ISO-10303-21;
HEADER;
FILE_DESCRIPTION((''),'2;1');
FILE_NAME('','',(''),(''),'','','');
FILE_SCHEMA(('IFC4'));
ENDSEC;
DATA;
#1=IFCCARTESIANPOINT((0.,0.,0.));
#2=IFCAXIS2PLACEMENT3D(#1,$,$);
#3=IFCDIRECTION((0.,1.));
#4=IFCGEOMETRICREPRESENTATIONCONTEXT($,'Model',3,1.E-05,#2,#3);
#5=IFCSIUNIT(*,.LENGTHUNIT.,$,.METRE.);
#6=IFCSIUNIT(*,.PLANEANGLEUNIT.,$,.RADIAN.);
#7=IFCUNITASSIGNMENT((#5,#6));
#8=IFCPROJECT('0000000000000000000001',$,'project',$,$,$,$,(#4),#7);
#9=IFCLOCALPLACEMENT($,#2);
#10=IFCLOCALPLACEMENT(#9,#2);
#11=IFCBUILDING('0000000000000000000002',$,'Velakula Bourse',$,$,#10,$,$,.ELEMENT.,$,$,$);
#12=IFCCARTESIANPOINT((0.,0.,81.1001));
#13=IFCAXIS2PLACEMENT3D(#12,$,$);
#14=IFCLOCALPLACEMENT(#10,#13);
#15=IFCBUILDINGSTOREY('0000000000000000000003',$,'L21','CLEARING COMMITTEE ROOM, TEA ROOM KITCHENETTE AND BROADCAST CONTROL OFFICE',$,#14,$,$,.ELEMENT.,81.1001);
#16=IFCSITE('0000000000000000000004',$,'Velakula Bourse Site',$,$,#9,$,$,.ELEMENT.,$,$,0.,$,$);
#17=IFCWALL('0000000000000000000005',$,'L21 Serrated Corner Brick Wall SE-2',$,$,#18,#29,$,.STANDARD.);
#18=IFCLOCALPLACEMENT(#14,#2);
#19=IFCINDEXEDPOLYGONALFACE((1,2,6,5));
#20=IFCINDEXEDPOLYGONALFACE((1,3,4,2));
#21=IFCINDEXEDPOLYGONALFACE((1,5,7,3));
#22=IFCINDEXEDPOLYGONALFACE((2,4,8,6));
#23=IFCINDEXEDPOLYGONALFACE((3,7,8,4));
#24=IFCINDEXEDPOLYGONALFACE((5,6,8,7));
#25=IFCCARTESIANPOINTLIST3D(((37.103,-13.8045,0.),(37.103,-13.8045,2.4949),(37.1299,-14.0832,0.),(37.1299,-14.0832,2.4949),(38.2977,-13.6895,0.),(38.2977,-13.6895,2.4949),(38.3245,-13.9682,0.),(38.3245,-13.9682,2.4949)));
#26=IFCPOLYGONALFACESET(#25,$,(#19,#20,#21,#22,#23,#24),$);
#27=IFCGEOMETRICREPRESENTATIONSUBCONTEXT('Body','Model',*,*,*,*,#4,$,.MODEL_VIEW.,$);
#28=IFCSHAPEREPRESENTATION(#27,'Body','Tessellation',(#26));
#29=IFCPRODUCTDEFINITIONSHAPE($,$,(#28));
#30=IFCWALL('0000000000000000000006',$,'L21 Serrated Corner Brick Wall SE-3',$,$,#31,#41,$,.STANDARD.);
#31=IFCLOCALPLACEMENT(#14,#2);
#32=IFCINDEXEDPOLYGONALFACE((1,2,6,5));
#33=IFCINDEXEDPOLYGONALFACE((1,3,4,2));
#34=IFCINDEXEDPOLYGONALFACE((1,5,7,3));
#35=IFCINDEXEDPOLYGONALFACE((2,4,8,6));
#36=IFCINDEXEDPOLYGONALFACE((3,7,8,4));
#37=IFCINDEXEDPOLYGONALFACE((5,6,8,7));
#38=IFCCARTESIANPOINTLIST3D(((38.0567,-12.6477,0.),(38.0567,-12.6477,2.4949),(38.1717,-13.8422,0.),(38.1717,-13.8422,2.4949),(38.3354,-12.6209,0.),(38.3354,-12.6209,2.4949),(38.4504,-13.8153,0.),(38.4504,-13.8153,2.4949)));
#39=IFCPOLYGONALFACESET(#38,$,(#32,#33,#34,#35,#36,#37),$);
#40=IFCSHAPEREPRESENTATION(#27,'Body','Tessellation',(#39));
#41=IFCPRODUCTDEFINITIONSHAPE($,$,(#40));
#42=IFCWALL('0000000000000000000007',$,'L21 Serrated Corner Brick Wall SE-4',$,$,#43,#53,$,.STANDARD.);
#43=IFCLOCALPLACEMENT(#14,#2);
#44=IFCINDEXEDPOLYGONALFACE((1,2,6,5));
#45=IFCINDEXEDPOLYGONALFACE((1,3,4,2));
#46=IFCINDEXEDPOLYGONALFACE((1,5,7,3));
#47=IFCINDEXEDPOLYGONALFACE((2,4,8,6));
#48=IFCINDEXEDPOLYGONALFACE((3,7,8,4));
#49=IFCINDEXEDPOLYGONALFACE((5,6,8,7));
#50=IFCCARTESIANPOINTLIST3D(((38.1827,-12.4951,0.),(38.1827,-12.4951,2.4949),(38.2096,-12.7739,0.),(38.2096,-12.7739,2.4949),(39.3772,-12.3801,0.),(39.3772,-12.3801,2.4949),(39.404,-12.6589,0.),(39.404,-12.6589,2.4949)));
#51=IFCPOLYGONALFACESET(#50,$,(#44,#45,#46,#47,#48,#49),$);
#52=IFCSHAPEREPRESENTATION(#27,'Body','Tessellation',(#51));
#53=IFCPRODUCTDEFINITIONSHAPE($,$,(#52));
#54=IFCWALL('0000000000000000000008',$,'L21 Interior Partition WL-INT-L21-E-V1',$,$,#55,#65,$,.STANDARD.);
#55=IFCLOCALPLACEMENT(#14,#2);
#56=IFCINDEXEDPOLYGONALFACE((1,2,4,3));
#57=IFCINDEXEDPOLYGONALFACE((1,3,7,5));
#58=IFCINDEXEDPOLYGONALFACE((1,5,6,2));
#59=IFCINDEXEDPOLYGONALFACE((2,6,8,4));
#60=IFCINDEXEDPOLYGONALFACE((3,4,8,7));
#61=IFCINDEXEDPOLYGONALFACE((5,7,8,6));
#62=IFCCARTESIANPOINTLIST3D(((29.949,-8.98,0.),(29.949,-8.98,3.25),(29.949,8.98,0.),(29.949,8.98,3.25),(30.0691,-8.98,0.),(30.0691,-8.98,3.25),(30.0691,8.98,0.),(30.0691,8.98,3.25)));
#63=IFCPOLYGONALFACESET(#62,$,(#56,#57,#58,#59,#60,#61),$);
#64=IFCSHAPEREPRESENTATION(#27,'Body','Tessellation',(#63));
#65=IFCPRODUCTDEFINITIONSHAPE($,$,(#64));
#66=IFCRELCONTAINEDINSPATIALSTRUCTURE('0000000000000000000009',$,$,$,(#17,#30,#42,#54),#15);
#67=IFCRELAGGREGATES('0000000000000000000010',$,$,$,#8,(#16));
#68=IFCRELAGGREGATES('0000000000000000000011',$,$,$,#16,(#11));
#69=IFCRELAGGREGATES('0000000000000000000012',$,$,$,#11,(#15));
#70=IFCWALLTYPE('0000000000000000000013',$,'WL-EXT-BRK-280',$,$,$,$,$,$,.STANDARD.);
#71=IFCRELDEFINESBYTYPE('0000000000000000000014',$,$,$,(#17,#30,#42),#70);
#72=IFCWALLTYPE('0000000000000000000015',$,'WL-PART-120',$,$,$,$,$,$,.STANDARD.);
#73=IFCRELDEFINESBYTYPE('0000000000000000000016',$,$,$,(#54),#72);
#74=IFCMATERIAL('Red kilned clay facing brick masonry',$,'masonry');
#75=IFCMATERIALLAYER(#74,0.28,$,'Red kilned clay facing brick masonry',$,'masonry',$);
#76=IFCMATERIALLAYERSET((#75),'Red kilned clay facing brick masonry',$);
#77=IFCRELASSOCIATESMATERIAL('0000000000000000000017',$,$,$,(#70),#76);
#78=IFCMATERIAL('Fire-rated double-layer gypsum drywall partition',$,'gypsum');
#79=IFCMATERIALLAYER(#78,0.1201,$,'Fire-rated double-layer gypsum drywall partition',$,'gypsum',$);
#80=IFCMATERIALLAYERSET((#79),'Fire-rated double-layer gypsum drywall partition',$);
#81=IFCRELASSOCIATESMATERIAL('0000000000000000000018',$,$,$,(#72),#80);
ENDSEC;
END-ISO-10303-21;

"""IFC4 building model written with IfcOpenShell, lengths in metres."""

from ifc_helpers import new_model, si_unit, direction, frame, frame_2d, origin, place, context, subcontext, project, spatial, rectangle, extrude, material, layer, layer_set, type_object, element, save


model = new_model("IFC4")

# Units and contexts
model_context = context("Model", 3, precision=1e-05, world=origin(), true_north=direction((0.0, 1.0)))
body_context = subcontext(model_context, "Body", "Model", "MODEL_VIEW")
ifc_project = project(units=[si_unit("LENGTHUNIT", "METRE"), si_unit("PLANEANGLEUNIT", "RADIAN")], contexts=[model_context])

# Site, building, storey
site_placement = place(None, origin())
site = spatial("IfcSite", under=ifc_project, at=site_placement, Name="Velakula Bourse Site", CompositionType="ELEMENT", RefElevation=0.0)
building_placement = place(site_placement, origin())
building = spatial("IfcBuilding", under=site, at=building_placement, Name="Velakula Bourse", CompositionType="ELEMENT")
storey_placement = place(building_placement, frame((0.0, 0.0, 81.1001)))
storey = spatial("IfcBuildingStorey", under=building, at=storey_placement, Name="L21", Description="CLEARING COMMITTEE ROOM, TEA ROOM KITCHENETTE AND BROADCAST CONTROL OFFICE", CompositionType="ELEMENT", Elevation=81.1001)

# Shared definitions
ifc_material_1 = material(Name="Red kilned clay facing brick masonry", Category="masonry")
ifc_layer_1 = layer(ifc_material_1, 0.28, Name="Red kilned clay facing brick masonry", Category="masonry")
ifc_layer_set_1 = layer_set([ifc_layer_1], Name="Red kilned clay facing brick masonry")
wall_type_1 = type_object("IfcWallType", Name="WL-EXT-BRK-280", PredefinedType="STANDARD", material=ifc_layer_set_1)

# Walls
for number, where, z_axis, x_axis, name in (
    (1, (37.1165, -13.9438, 0.0), (0.0, 0.0, 1.0), (0.995399, 0.095817, 0.0), "L21 Serrated Corner Brick Wall SE-2"),
):
    element("IfcWall", number, at=place(storey_placement, frame(where, z_axis=z_axis, x_axis=x_axis)), inside=storey, type_object=wall_type_1, Name=name, PredefinedType="STANDARD", context=body_context, shape_type="SweptSolid", body=[
        extrude(rectangle(XDim=1.2002, YDim=0.28, at=frame_2d((0.6001, 0.0))), origin(), (0.0, 0.0, 1.0), 2.4949),
    ])
for number, where, z_axis, x_axis, name in (
    (2, (38.311, -13.8289, 0.0), (0.0, 0.0, 1.0), (-0.095836, 0.995397, 0.0), "L21 Serrated Corner Brick Wall SE-3"),
    (3, (38.196, -12.6345, 0.0), (0.0, 0.0, 1.0), (0.995397, 0.095836, 0.0), "L21 Serrated Corner Brick Wall SE-4"),
):
    element("IfcWall", number, at=place(storey_placement, frame(where, z_axis=z_axis, x_axis=x_axis)), inside=storey, type_object=wall_type_1, Name=name, PredefinedType="STANDARD", context=body_context, shape_type="SweptSolid", body=[
        extrude(rectangle(XDim=1.2, YDim=0.28, at=frame_2d((0.6001, 0.0))), origin(), (0.0, 0.0, 1.0), 2.4949),
    ])
ifc_material_2 = material(Name="Fire-rated double-layer gypsum drywall partition", Category="gypsum")
ifc_layer_2 = layer(ifc_material_2, 0.1201, Name="Fire-rated double-layer gypsum drywall partition", Category="gypsum")
ifc_layer_set_2 = layer_set([ifc_layer_2], Name="Fire-rated double-layer gypsum drywall partition")
wall_type_2 = type_object("IfcWallType", Name="WL-PART-120", PredefinedType="STANDARD", material=ifc_layer_set_2)
wall_1_placement = place(storey_placement, frame((30.009, -8.98, 0.0), z_axis=(0.0, 0.0, 1.0), x_axis=(0.0, 1.0, 0.0)))
element("IfcWall", 4, at=wall_1_placement, inside=storey, type_object=wall_type_2, Name="L21 Interior Partition WL-INT-L21-E-V1", PredefinedType="STANDARD", context=body_context, shape_type="SweptSolid", body=[
    extrude(rectangle(XDim=17.96, YDim=0.1201, at=frame_2d((8.98, 0.0))), origin(), (0.0, 0.0, 1.0), 3.25),
])

save(model, "model.ifc")
